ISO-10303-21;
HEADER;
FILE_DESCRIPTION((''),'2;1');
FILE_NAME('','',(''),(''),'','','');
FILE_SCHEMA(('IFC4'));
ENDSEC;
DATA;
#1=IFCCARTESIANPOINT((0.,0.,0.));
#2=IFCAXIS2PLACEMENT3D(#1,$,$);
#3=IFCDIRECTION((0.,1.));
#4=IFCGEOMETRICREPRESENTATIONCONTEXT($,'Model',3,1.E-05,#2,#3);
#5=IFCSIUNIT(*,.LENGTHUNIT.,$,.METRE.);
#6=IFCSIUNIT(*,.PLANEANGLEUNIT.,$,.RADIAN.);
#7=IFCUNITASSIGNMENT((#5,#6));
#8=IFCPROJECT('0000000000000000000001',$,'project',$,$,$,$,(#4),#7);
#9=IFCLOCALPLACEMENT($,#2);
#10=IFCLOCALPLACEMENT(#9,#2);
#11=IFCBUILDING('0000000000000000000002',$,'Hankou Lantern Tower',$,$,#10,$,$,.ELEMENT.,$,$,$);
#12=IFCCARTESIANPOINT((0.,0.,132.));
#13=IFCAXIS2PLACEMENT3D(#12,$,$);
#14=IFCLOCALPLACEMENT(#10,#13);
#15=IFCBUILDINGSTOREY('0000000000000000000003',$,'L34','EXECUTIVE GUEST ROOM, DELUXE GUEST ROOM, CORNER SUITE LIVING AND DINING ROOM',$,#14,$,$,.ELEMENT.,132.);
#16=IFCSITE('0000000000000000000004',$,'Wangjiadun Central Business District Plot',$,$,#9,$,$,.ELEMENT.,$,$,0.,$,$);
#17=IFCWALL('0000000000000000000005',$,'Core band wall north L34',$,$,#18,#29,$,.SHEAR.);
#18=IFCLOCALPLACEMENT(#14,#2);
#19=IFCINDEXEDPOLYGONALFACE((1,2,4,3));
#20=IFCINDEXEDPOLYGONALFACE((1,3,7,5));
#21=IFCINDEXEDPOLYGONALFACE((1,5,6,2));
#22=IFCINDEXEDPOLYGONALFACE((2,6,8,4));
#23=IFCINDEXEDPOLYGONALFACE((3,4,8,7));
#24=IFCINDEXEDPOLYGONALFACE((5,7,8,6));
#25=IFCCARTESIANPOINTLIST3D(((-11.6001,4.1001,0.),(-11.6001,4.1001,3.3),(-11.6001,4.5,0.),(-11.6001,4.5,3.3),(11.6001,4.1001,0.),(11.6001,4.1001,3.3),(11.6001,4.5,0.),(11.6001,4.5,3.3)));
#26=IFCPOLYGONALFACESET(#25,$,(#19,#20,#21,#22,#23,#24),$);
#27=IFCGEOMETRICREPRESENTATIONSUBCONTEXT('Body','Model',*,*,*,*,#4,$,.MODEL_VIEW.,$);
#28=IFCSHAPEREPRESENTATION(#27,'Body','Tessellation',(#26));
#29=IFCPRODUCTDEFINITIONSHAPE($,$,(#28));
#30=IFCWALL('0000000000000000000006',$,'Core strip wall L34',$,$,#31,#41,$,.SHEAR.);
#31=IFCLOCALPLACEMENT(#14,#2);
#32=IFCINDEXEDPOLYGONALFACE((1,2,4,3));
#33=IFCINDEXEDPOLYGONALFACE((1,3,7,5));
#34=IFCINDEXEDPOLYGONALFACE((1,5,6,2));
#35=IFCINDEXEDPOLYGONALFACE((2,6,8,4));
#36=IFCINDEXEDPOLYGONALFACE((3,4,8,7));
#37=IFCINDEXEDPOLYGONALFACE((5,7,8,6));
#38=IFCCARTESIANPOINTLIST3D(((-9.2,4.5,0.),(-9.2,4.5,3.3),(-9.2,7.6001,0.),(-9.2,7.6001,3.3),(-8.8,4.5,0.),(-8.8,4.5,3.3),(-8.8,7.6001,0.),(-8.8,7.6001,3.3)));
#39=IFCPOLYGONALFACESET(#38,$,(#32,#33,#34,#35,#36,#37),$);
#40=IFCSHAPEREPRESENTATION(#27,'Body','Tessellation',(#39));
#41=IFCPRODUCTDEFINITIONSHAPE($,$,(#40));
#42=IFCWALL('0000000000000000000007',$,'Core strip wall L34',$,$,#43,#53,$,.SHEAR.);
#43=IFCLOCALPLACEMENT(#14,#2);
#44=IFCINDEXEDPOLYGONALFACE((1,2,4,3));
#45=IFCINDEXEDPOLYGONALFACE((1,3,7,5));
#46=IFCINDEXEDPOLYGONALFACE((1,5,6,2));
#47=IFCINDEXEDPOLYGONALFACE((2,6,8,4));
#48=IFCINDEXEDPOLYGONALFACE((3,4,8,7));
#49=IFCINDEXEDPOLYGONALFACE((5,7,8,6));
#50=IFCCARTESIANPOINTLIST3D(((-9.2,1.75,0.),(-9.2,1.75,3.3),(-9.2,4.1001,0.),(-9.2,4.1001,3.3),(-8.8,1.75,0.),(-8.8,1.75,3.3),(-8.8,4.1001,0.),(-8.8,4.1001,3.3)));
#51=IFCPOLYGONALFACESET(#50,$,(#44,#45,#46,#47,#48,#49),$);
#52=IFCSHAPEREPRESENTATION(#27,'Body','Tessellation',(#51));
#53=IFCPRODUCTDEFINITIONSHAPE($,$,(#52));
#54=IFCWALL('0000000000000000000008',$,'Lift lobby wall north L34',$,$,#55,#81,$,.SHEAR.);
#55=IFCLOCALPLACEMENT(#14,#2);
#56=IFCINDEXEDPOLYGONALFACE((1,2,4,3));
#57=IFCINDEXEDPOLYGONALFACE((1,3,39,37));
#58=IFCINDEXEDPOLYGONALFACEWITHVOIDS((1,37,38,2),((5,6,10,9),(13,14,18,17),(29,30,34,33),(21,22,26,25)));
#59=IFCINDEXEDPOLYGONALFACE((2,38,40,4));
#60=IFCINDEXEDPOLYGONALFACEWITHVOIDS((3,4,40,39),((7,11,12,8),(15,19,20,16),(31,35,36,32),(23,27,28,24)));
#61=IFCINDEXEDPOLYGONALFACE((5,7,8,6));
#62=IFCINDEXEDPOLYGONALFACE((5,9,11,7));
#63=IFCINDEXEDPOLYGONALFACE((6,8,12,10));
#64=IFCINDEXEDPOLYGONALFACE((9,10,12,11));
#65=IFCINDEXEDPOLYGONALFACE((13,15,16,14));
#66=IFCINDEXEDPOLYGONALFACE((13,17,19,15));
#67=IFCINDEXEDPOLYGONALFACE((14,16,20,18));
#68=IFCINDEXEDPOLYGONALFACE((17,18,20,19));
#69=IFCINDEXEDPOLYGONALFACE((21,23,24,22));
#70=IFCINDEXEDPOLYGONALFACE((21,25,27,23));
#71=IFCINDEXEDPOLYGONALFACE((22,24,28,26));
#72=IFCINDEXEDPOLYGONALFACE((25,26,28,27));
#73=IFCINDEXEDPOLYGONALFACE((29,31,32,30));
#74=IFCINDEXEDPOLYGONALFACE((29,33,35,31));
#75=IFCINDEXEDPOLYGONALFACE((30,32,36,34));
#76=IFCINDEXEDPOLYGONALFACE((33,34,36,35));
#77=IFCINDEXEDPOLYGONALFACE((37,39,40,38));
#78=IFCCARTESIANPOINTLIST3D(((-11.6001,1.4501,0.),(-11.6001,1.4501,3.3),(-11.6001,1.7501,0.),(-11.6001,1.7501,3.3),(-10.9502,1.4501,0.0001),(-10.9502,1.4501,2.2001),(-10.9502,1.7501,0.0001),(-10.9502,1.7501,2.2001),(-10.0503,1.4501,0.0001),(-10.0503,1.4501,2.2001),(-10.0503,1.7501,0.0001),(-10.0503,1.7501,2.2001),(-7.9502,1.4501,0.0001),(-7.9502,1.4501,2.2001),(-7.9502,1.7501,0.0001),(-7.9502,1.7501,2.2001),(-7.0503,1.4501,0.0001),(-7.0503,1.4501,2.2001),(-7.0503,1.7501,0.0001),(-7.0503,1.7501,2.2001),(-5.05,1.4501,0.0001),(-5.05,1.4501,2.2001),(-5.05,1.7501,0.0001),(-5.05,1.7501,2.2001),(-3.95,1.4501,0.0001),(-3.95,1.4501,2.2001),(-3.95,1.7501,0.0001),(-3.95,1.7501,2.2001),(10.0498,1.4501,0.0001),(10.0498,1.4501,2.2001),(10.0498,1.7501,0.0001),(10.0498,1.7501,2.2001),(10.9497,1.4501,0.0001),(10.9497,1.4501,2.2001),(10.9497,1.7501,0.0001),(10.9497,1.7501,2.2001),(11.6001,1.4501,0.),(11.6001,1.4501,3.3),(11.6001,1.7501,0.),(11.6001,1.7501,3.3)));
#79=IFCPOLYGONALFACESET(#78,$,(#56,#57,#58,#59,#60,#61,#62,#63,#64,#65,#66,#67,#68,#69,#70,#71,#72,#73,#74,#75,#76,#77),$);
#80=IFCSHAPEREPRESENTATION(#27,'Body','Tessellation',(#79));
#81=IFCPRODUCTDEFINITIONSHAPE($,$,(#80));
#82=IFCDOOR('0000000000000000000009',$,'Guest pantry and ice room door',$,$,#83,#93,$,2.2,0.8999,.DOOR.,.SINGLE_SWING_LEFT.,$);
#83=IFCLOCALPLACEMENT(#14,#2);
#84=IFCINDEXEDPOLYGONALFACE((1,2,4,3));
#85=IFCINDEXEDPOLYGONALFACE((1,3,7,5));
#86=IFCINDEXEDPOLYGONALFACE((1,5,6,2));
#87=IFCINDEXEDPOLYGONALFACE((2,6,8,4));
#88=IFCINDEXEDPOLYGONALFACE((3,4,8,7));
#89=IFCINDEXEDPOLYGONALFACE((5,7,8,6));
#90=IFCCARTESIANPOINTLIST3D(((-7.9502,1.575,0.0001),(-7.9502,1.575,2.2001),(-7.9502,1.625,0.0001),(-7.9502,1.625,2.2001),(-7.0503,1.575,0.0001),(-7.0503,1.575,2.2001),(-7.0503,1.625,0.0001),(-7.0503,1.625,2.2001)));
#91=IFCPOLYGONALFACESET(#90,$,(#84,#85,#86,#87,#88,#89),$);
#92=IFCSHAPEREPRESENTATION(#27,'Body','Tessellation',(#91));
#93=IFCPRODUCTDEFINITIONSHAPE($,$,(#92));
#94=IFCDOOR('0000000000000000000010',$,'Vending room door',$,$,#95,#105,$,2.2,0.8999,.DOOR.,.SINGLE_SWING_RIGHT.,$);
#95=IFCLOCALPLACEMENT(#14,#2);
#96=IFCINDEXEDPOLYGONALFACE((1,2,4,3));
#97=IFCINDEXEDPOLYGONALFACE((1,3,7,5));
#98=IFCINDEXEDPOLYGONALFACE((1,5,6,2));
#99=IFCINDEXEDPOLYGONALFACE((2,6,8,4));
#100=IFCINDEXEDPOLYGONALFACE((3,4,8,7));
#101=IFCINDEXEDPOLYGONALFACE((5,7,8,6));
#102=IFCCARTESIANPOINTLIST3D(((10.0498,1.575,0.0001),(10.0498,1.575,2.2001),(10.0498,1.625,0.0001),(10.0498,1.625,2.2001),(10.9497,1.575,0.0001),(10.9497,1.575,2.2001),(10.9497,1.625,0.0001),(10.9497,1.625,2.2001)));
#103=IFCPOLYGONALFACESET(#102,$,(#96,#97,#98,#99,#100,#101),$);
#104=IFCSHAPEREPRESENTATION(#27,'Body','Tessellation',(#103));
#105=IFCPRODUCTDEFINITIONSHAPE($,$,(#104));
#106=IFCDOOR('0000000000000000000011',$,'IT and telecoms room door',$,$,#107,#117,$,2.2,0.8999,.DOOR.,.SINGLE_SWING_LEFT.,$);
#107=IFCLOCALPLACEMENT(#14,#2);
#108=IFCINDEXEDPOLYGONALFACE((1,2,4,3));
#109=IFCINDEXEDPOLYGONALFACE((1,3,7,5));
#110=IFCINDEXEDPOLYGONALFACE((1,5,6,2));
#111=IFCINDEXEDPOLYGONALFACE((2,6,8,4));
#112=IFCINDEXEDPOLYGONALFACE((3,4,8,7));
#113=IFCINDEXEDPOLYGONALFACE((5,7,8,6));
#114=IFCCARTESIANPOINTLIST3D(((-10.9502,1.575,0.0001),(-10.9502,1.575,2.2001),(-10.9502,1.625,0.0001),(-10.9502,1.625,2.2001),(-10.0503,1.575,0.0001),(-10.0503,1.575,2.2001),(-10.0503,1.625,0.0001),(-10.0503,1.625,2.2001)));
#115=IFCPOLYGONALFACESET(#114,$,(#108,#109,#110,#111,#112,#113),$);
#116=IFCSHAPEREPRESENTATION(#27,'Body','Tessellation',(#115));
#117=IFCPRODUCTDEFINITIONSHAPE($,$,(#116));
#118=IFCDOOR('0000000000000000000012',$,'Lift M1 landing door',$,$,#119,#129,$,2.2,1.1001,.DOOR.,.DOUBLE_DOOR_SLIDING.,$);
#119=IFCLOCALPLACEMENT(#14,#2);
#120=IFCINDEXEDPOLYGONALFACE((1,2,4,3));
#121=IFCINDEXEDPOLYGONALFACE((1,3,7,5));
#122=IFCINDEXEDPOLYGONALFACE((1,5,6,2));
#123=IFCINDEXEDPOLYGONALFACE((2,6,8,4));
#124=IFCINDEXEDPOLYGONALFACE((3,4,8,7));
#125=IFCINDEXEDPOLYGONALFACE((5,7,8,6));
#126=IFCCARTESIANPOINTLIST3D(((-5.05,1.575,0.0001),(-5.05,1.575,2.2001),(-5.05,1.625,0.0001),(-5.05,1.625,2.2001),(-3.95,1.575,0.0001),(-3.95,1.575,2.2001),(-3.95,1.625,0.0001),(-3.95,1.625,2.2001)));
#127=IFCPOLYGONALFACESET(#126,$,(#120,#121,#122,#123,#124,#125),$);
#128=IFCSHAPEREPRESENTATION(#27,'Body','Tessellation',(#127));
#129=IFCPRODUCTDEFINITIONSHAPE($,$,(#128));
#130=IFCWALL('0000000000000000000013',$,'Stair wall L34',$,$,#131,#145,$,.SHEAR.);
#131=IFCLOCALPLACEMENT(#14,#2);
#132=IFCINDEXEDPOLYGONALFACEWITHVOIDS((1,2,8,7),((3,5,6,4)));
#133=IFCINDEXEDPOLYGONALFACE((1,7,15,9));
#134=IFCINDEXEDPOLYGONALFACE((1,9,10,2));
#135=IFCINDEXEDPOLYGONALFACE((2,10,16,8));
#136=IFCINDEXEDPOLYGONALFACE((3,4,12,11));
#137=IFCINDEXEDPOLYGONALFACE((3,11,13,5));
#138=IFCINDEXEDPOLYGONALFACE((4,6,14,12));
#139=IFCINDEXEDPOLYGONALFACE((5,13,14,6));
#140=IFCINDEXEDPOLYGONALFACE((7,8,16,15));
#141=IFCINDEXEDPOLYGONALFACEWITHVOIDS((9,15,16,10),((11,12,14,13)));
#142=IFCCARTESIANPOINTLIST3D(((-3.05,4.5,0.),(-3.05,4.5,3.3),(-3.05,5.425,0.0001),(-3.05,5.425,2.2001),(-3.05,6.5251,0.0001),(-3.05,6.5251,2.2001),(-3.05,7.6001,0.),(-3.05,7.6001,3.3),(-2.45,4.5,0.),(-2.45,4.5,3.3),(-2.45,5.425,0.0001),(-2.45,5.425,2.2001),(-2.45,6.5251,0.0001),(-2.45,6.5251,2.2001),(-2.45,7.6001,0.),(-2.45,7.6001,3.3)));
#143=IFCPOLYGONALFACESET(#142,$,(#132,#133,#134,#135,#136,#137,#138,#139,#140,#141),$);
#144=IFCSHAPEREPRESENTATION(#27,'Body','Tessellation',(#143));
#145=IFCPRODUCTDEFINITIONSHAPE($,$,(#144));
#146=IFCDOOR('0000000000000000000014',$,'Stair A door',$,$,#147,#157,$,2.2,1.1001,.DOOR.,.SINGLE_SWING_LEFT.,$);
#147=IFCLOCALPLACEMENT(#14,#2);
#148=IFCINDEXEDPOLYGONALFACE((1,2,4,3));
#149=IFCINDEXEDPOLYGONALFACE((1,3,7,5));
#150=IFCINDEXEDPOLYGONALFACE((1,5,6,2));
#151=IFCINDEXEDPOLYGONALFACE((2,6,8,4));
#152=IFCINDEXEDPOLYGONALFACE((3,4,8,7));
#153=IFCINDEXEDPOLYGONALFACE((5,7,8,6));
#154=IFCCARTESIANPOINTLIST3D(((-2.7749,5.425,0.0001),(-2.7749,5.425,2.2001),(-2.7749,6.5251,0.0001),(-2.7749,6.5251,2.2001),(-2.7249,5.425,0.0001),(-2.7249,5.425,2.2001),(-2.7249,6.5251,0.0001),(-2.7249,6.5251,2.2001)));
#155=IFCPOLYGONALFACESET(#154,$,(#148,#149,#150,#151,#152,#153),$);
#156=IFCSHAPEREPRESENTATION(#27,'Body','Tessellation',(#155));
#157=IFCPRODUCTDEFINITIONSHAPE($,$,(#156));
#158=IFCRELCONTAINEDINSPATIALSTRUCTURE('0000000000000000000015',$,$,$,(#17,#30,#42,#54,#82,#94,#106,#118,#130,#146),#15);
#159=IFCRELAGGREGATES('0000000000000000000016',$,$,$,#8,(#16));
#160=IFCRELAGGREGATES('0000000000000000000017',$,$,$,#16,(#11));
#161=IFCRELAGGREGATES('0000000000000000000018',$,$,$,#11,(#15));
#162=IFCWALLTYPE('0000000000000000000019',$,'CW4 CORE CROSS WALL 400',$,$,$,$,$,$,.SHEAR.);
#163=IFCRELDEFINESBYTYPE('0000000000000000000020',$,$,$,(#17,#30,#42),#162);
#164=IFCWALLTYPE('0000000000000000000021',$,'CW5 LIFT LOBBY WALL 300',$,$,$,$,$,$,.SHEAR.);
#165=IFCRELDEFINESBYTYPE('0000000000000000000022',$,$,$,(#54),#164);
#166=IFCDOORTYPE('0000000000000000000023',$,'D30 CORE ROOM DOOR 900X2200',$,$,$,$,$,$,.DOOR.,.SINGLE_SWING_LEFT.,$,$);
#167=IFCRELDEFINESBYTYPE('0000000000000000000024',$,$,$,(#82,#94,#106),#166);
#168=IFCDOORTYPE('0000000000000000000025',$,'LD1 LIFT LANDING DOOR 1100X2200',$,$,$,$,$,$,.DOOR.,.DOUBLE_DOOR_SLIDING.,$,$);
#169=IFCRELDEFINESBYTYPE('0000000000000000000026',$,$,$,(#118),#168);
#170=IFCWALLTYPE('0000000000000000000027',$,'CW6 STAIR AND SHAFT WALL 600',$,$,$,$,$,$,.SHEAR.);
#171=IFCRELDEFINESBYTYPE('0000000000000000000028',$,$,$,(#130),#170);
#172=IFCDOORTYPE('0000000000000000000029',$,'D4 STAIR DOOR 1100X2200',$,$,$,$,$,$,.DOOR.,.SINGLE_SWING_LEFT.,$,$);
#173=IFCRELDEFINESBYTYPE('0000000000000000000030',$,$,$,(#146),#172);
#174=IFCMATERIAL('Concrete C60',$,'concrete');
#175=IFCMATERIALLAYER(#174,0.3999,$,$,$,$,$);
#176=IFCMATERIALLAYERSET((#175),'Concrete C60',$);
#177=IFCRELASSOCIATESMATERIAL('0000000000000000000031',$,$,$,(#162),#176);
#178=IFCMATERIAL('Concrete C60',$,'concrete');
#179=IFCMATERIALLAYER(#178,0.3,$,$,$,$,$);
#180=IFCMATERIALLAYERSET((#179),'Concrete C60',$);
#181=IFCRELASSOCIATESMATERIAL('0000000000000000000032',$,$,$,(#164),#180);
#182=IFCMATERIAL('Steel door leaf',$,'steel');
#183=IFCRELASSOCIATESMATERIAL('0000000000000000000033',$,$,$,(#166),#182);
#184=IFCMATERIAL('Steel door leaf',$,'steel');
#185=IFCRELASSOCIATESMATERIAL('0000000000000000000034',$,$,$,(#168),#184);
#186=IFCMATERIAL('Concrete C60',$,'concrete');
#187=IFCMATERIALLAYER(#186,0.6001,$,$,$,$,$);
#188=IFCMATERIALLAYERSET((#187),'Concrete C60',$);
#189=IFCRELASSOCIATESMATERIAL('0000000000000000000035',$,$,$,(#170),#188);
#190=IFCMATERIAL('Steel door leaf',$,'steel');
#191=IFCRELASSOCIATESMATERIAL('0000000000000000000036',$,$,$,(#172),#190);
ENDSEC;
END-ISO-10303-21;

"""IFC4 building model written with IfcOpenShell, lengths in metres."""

from ifc_helpers import new_model, si_unit, direction, frame, frame_2d, origin, place, context, subcontext, project, spatial, rectangle, extrude, material, layer, layer_set, type_object, element, fill, save


model = new_model("IFC4")

# Units and contexts
model_context = context("Model", 3, precision=1e-05, world=origin(), true_north=direction((0.0, 1.0)))
body_context = subcontext(model_context, "Body", "Model", "MODEL_VIEW")
ifc_project = project(units=[si_unit("LENGTHUNIT", "METRE"), si_unit("PLANEANGLEUNIT", "RADIAN")], contexts=[model_context])

# Site, building, storey
site_placement = place(None, origin())
site = spatial("IfcSite", under=ifc_project, at=site_placement, Name="Wangjiadun Central Business District Plot", CompositionType="ELEMENT", RefElevation=0.0)
building_placement = place(site_placement, origin())
building = spatial("IfcBuilding", under=site, at=building_placement, Name="Hankou Lantern Tower", CompositionType="ELEMENT")
storey_placement = place(building_placement, frame((0.0, 0.0, 132.0)))
storey = spatial("IfcBuildingStorey", under=building, at=storey_placement, Name="L34", Description="EXECUTIVE GUEST ROOM, DELUXE GUEST ROOM, CORNER SUITE LIVING AND DINING ROOM", CompositionType="ELEMENT", Elevation=132.0)

# Walls
ifc_material_1 = material(Name="Concrete C60", Category="concrete")
ifc_layer_1 = layer(ifc_material_1, 0.3999)
ifc_layer_set_1 = layer_set([ifc_layer_1], Name="Concrete C60")
wall_type_1 = type_object("IfcWallType", Name="CW4 CORE CROSS WALL 400", PredefinedType="SHEAR", material=ifc_layer_set_1)
wall_1_placement = place(storey_placement, frame((-11.6001, 4.3, 0.0), z_axis=(0.0, 0.0, 1.0), x_axis=(1.0, 0.0, 0.0)))
element("IfcWall", 1, at=wall_1_placement, inside=storey, type_object=wall_type_1, Name="Core band wall north L34", PredefinedType="SHEAR", context=body_context, shape_type="SweptSolid", body=[
    extrude(rectangle(XDim=23.2002, YDim=0.3999, at=frame_2d((11.6001, 0.0))), origin(), (0.0, 0.0, 1.0), 3.3),
])
wall_2_placement = place(storey_placement, frame((-9.0, 4.5, 0.0), z_axis=(0.0, 0.0, 1.0), x_axis=(0.0, 1.0, 0.0)))
element("IfcWall", 2, at=wall_2_placement, inside=storey, type_object=wall_type_1, Name="Core strip wall L34", PredefinedType="SHEAR", context=body_context, shape_type="SweptSolid", body=[
    extrude(rectangle(XDim=3.1001, YDim=0.3999, at=frame_2d((1.55, 0.0))), origin(), (0.0, 0.0, 1.0), 3.3),
])
wall_3_placement = place(storey_placement, frame((-9.0, 1.75, 0.0), z_axis=(0.0, 0.0, 1.0), x_axis=(0.0, 1.0, 0.0)))
element("IfcWall", 3, at=wall_3_placement, inside=storey, type_object=wall_type_1, Name="Core strip wall L34", PredefinedType="SHEAR", context=body_context, shape_type="SweptSolid", body=[
    extrude(rectangle(XDim=2.3501, YDim=0.3999, at=frame_2d((1.175, 0.0))), origin(), (0.0, 0.0, 1.0), 3.3),
])

# Wall, openings, doors
ifc_material_2 = material(Name="Concrete C60", Category="concrete")
ifc_layer_2 = layer(ifc_material_2, 0.3)
ifc_layer_set_2 = layer_set([ifc_layer_2], Name="Concrete C60")
wall_type_2 = type_object("IfcWallType", Name="CW5 LIFT LOBBY WALL 300", PredefinedType="SHEAR", material=ifc_layer_set_2)
wall_4_placement = place(storey_placement, frame((-11.6001, 1.6001, 0.0), z_axis=(0.0, 0.0, 1.0), x_axis=(1.0, 0.0, 0.0)))
wall_4 = element("IfcWall", 4, at=wall_4_placement, inside=storey, type_object=wall_type_2, Name="Lift lobby wall north L34", PredefinedType="SHEAR", context=body_context, shape_type="SweptSolid", body=[
    extrude(rectangle(XDim=23.2002, YDim=0.3, at=frame_2d((11.6001, 0.0))), origin(), (0.0, 0.0, 1.0), 3.3),
])
opening_1_placement = place(wall_4_placement, frame((6.55, 0.0, 0.0)))
opening_1 = element("IfcOpeningElement", 5, at=opening_1_placement, cuts=wall_4, PredefinedType="OPENING", context=body_context, shape_type="SweptSolid", body=[
    extrude(rectangle(XDim=1.1001, YDim=2.2, at=frame_2d((0.55, 1.1001))), frame((0.0, 0.1599, 0.0), z_axis=(0.0, -1.0, 0.0), x_axis=(1.0, 0.0, 0.0)), (0.0, 0.0, 1.0), 0.3201),
])
opening_2_placement = place(wall_4_placement, frame((3.6499, 0.0, 0.0)))
opening_2 = element("IfcOpeningElement", 6, at=opening_2_placement, cuts=wall_4, PredefinedType="OPENING", context=body_context, shape_type="SweptSolid", body=[
    extrude(rectangle(XDim=0.8999, YDim=2.2, at=frame_2d((0.45, 1.1001))), frame((0.0, 0.1599, 0.0), z_axis=(0.0, -1.0, 0.0), x_axis=(1.0, 0.0, 0.0)), (0.0, 0.0, 1.0), 0.3201),
])
opening_3_placement = place(wall_4_placement, frame((21.6499, 0.0, 0.0)))
opening_3 = element("IfcOpeningElement", 7, at=opening_3_placement, cuts=wall_4, PredefinedType="OPENING", context=body_context, shape_type="SweptSolid", body=[
    extrude(rectangle(XDim=0.8999, YDim=2.2, at=frame_2d((0.45, 1.1001))), frame((0.0, 0.1599, 0.0), z_axis=(0.0, -1.0, 0.0), x_axis=(1.0, 0.0, 0.0)), (0.0, 0.0, 1.0), 0.3201),
])
opening_4_placement = place(wall_4_placement, frame((0.6499, 0.0, 0.0)))
opening_4 = element("IfcOpeningElement", 8, at=opening_4_placement, cuts=wall_4, PredefinedType="OPENING", context=body_context, shape_type="SweptSolid", body=[
    extrude(rectangle(XDim=0.8999, YDim=2.2, at=frame_2d((0.45, 1.1001))), frame((0.0, 0.1599, 0.0), z_axis=(0.0, -1.0, 0.0), x_axis=(1.0, 0.0, 0.0)), (0.0, 0.0, 1.0), 0.3201),
])
ifc_material_3 = material(Name="Steel door leaf", Category="steel")
door_type_1 = type_object("IfcDoorType", Name="D30 CORE ROOM DOOR 900X2200", OperationType="SINGLE_SWING_LEFT", PredefinedType="DOOR", material=ifc_material_3)
door_1_placement = place(opening_2_placement, origin())
door_1 = element("IfcDoor", 9, at=door_1_placement, inside=storey, type_object=door_type_1, Name="Guest pantry and ice room door", OperationType="SINGLE_SWING_LEFT", OverallHeight=2.2, OverallWidth=0.8999, PredefinedType="DOOR", context=body_context, shape_type="SweptSolid", body=[
    extrude(rectangle(XDim=0.8999, YDim=2.2, at=frame_2d((0.45, 1.1001))), frame((0.0, 0.0249, 0.0), z_axis=(0.0, -1.0, 0.0), x_axis=(1.0, 0.0, 0.0)), (0.0, 0.0, 1.0), 0.05),
])
fill(opening_2, door_1)
door_2_placement = place(opening_3_placement, origin())
door_2 = element("IfcDoor", 10, at=door_2_placement, inside=storey, type_object=door_type_1, Name="Vending room door", OperationType="SINGLE_SWING_RIGHT", OverallHeight=2.2, OverallWidth=0.8999, PredefinedType="DOOR", context=body_context, shape_type="SweptSolid", body=[
    extrude(rectangle(XDim=0.8999, YDim=2.2, at=frame_2d((0.45, 1.1001))), frame((0.0, 0.0249, 0.0), z_axis=(0.0, -1.0, 0.0), x_axis=(1.0, 0.0, 0.0)), (0.0, 0.0, 1.0), 0.05),
])
fill(opening_3, door_2)
door_3_placement = place(opening_4_placement, origin())
door_3 = element("IfcDoor", 11, at=door_3_placement, inside=storey, type_object=door_type_1, Name="IT and telecoms room door", OperationType="SINGLE_SWING_LEFT", OverallHeight=2.2, OverallWidth=0.8999, PredefinedType="DOOR", context=body_context, shape_type="SweptSolid", body=[
    extrude(rectangle(XDim=0.8999, YDim=2.2, at=frame_2d((0.45, 1.1001))), frame((0.0, 0.0249, 0.0), z_axis=(0.0, -1.0, 0.0), x_axis=(1.0, 0.0, 0.0)), (0.0, 0.0, 1.0), 0.05),
])
fill(opening_4, door_3)
ifc_material_4 = material(Name="Steel door leaf", Category="steel")
door_type_2 = type_object("IfcDoorType", Name="LD1 LIFT LANDING DOOR 1100X2200", OperationType="DOUBLE_DOOR_SLIDING", PredefinedType="DOOR", material=ifc_material_4)
door_4_placement = place(opening_1_placement, origin())
door_4 = element("IfcDoor", 12, at=door_4_placement, inside=storey, type_object=door_type_2, Name="Lift M1 landing door", OperationType="DOUBLE_DOOR_SLIDING", OverallHeight=2.2, OverallWidth=1.1001, PredefinedType="DOOR", context=body_context, shape_type="SweptSolid", body=[
    extrude(rectangle(XDim=1.1001, YDim=2.2, at=frame_2d((0.55, 1.1001))), frame((0.0, 0.0249, 0.0), z_axis=(0.0, -1.0, 0.0), x_axis=(1.0, 0.0, 0.0)), (0.0, 0.0, 1.0), 0.05),
])
fill(opening_1, door_4)

# Wall, opening, door
ifc_material_5 = material(Name="Concrete C60", Category="concrete")
ifc_layer_3 = layer(ifc_material_5, 0.6001)
ifc_layer_set_3 = layer_set([ifc_layer_3], Name="Concrete C60")
wall_type_3 = type_object("IfcWallType", Name="CW6 STAIR AND SHAFT WALL 600", PredefinedType="SHEAR", material=ifc_layer_set_3)
wall_5_placement = place(storey_placement, frame((-2.75, 4.5, 0.0), z_axis=(0.0, 0.0, 1.0), x_axis=(0.0, 1.0, 0.0)))
wall_5 = element("IfcWall", 13, at=wall_5_placement, inside=storey, type_object=wall_type_3, Name="Stair wall L34", PredefinedType="SHEAR", context=body_context, shape_type="SweptSolid", body=[
    extrude(rectangle(XDim=3.1001, YDim=0.6001, at=frame_2d((1.55, 0.0))), origin(), (0.0, 0.0, 1.0), 3.3),
])
opening_5_placement = place(wall_5_placement, frame((0.925, 0.0, 0.0)))
opening_5 = element("IfcOpeningElement", 14, at=opening_5_placement, cuts=wall_5, PredefinedType="OPENING", context=body_context, shape_type="SweptSolid", body=[
    extrude(rectangle(XDim=1.1001, YDim=2.2, at=frame_2d((0.55, 1.1001))), frame((0.0, 0.3101, 0.0), z_axis=(0.0, -1.0, 0.0), x_axis=(1.0, 0.0, 0.0)), (0.0, 0.0, 1.0), 0.6201),
])
ifc_material_6 = material(Name="Steel door leaf", Category="steel")
door_type_3 = type_object("IfcDoorType", Name="D4 STAIR DOOR 1100X2200", OperationType="SINGLE_SWING_LEFT", PredefinedType="DOOR", material=ifc_material_6)
door_5_placement = place(opening_5_placement, origin())
door_5 = element("IfcDoor", 15, at=door_5_placement, inside=storey, type_object=door_type_3, Name="Stair A door", OperationType="SINGLE_SWING_LEFT", OverallHeight=2.2, OverallWidth=1.1001, PredefinedType="DOOR", context=body_context, shape_type="SweptSolid", body=[
    extrude(rectangle(XDim=1.1001, YDim=2.2, at=frame_2d((0.55, 1.1001))), frame((0.0, 0.0249, 0.0), z_axis=(0.0, -1.0, 0.0), x_axis=(1.0, 0.0, 0.0)), (0.0, 0.0, 1.0), 0.05),
])
fill(opening_5, door_5)

save(model, "model.ifc")
